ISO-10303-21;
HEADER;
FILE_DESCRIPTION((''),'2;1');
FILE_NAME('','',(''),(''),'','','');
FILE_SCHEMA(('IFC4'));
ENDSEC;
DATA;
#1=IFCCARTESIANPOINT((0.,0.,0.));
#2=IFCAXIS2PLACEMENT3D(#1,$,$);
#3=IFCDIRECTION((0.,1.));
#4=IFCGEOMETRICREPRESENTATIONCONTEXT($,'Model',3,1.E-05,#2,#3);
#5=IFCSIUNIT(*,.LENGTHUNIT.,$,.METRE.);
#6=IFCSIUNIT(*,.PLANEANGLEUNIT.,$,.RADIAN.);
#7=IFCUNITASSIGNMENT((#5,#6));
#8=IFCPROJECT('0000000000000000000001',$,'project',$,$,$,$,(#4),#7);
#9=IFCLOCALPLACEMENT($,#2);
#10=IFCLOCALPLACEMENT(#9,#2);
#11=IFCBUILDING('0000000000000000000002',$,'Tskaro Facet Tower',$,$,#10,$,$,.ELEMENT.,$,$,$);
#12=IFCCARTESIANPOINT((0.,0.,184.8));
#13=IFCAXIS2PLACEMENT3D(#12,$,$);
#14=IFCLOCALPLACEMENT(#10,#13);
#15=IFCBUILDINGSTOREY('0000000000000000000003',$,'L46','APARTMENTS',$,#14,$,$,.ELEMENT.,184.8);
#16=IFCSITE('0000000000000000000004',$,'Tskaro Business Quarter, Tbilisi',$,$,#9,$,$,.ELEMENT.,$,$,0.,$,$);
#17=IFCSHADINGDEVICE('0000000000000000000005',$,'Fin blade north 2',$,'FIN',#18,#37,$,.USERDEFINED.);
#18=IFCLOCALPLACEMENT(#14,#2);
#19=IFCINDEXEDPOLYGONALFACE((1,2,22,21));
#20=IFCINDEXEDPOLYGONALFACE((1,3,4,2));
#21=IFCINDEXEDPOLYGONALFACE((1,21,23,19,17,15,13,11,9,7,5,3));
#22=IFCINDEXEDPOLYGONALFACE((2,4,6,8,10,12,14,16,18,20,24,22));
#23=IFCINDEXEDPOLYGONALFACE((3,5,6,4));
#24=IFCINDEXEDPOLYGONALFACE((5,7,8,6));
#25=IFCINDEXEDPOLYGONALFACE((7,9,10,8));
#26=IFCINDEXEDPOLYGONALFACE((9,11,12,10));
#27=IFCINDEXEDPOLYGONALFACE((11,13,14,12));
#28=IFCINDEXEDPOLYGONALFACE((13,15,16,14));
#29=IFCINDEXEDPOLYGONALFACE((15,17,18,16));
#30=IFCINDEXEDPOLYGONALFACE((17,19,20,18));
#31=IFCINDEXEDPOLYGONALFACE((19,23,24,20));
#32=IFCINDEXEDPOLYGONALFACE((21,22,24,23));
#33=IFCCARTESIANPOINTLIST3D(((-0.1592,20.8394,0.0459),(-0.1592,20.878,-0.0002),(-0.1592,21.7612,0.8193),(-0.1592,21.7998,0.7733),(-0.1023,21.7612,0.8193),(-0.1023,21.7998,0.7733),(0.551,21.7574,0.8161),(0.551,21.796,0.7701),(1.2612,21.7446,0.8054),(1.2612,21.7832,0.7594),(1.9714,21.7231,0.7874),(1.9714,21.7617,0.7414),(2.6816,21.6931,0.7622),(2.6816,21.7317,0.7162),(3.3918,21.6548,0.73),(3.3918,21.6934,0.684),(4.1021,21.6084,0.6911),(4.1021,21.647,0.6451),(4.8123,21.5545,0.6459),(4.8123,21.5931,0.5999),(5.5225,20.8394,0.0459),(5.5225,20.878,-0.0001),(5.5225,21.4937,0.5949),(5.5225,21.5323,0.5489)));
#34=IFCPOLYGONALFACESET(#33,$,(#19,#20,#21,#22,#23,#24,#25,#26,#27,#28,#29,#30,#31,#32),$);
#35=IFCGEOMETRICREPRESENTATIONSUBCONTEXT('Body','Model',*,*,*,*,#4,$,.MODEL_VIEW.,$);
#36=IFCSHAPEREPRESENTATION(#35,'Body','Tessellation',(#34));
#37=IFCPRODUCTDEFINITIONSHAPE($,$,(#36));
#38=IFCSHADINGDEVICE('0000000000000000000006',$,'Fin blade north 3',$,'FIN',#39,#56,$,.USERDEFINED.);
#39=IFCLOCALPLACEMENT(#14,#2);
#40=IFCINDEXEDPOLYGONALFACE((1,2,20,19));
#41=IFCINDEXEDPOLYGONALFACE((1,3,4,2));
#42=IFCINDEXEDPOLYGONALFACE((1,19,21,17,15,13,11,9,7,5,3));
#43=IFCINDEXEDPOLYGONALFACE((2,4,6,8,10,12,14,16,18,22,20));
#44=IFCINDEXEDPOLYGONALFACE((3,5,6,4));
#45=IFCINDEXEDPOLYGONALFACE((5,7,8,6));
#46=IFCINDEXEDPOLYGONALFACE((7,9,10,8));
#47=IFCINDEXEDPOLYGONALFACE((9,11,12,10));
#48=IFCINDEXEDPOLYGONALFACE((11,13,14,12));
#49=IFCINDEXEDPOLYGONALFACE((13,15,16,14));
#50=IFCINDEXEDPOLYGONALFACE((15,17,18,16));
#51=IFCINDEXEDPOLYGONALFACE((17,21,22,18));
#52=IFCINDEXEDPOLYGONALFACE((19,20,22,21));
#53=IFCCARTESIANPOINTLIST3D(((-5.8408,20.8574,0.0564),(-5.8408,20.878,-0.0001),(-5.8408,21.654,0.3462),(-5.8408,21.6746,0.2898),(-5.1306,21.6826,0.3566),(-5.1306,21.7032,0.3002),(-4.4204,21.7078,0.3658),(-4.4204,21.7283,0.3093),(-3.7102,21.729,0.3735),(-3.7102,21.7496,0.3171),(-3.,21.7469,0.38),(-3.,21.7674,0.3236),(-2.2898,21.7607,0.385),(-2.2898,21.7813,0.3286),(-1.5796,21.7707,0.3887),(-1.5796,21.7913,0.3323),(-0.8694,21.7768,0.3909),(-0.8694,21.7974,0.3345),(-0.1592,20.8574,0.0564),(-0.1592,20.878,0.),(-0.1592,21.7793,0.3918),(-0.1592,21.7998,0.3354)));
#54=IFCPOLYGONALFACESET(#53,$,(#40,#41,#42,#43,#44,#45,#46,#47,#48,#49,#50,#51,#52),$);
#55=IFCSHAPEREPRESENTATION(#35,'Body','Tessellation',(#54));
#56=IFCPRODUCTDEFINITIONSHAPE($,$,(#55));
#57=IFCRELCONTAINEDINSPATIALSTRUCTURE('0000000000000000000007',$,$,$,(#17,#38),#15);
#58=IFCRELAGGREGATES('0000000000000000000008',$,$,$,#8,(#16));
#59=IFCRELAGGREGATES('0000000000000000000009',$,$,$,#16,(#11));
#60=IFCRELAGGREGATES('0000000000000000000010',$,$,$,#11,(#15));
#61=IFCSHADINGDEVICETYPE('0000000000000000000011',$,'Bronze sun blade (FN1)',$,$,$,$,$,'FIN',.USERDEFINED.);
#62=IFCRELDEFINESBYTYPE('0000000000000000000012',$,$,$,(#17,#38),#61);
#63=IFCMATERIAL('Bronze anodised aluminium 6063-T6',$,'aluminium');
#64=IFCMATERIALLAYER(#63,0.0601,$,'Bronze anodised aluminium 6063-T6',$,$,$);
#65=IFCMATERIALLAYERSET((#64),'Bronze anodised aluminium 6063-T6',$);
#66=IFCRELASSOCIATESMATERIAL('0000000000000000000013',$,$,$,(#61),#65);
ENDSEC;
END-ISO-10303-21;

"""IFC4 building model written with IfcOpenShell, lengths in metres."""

from ifc_helpers import new_model, si_unit, direction, frame, origin, place, context, subcontext, project, spatial, polyline, outline, extrude, material, layer, layer_set, type_object, element, save


model = new_model("IFC4")

# Units and contexts
model_context = context("Model", 3, precision=1e-05, world=origin(), true_north=direction((0.0, 1.0)))
body_context = subcontext(model_context, "Body", "Model", "MODEL_VIEW")
ifc_project = project(units=[si_unit("LENGTHUNIT", "METRE"), si_unit("PLANEANGLEUNIT", "RADIAN")], contexts=[model_context])

# Site, building, storey
site_placement = place(None, origin())
site = spatial("IfcSite", under=ifc_project, at=site_placement, Name="Tskaro Business Quarter, Tbilisi", CompositionType="ELEMENT", RefElevation=0.0)
building_placement = place(site_placement, origin())
building = spatial("IfcBuilding", under=site, at=building_placement, Name="Tskaro Facet Tower", CompositionType="ELEMENT")
storey_placement = place(building_placement, frame((0.0, 0.0, 184.8)))
storey = spatial("IfcBuildingStorey", under=building, at=storey_placement, Name="L46", Description="APARTMENTS", CompositionType="ELEMENT", Elevation=184.8)

# Shared definitions
ifc_material_1 = material(Name="Bronze anodised aluminium 6063-T6", Category="aluminium")

# Shading devices
ifc_layer_1 = layer(ifc_material_1, 0.0601, Name="Bronze anodised aluminium 6063-T6")
ifc_layer_set_1 = layer_set([ifc_layer_1], Name="Bronze anodised aluminium 6063-T6")
shading_device_type = type_object("IfcShadingDeviceType", Name="Bronze sun blade (FN1)", ElementType="FIN", PredefinedType="USERDEFINED", material=ifc_layer_set_1)
shading_device_1_placement = place(storey_placement, frame((5.5225, 20.8394, 0.0459), z_axis=(-0.000009, -0.642757, 0.76607), x_axis=(-1.0, 0.000006, -0.000007)))
element("IfcShadingDevice", 1, at=shading_device_1_placement, inside=storey, type_object=shading_device_type, Name="Fin blade north 2", ObjectType="FIN", PredefinedType="USERDEFINED", context=body_context, shape_type="SweptSolid", body=[
    extrude(outline(polyline([(0.0, 0.0), (5.6816, 0.0), (5.6816, -1.2034), (5.6248, -1.2034), (4.9714, -1.1983), (4.2612, -1.1817), (3.551, -1.1536), (2.8408, -1.1145), (2.1306, -1.0644), (1.4204, -1.0039), (0.7102, -0.9335), (0.0, -0.8542), (0.0, 0.0)])), origin(), (0.0, 0.0, -1.0), 0.0601),
])
shading_device_2_placement = place(storey_placement, frame((-0.1592, 20.8574, 0.0564), z_axis=(-0.000007, -0.341912, 0.939732), x_axis=(-1.0, 0.000002, -0.000006)))
element("IfcShadingDevice", 2, at=shading_device_2_placement, inside=storey, type_object=shading_device_type, Name="Fin blade north 3", ObjectType="FIN", PredefinedType="USERDEFINED", context=body_context, shape_type="SweptSolid", body=[
    extrude(outline(polyline([(0.0, 0.0), (5.6816, 0.0), (5.6816, -0.8477), (4.9714, -0.8781), (4.2612, -0.9049), (3.551, -0.9275), (2.8408, -0.9465), (2.1306, -0.9612), (1.4204, -0.9719), (0.7102, -0.9784), (0.0, -0.981), (0.0, 0.0)])), origin(), (0.0, 0.0, -1.0), 0.0601),
])

save(model, "model.ifc")
